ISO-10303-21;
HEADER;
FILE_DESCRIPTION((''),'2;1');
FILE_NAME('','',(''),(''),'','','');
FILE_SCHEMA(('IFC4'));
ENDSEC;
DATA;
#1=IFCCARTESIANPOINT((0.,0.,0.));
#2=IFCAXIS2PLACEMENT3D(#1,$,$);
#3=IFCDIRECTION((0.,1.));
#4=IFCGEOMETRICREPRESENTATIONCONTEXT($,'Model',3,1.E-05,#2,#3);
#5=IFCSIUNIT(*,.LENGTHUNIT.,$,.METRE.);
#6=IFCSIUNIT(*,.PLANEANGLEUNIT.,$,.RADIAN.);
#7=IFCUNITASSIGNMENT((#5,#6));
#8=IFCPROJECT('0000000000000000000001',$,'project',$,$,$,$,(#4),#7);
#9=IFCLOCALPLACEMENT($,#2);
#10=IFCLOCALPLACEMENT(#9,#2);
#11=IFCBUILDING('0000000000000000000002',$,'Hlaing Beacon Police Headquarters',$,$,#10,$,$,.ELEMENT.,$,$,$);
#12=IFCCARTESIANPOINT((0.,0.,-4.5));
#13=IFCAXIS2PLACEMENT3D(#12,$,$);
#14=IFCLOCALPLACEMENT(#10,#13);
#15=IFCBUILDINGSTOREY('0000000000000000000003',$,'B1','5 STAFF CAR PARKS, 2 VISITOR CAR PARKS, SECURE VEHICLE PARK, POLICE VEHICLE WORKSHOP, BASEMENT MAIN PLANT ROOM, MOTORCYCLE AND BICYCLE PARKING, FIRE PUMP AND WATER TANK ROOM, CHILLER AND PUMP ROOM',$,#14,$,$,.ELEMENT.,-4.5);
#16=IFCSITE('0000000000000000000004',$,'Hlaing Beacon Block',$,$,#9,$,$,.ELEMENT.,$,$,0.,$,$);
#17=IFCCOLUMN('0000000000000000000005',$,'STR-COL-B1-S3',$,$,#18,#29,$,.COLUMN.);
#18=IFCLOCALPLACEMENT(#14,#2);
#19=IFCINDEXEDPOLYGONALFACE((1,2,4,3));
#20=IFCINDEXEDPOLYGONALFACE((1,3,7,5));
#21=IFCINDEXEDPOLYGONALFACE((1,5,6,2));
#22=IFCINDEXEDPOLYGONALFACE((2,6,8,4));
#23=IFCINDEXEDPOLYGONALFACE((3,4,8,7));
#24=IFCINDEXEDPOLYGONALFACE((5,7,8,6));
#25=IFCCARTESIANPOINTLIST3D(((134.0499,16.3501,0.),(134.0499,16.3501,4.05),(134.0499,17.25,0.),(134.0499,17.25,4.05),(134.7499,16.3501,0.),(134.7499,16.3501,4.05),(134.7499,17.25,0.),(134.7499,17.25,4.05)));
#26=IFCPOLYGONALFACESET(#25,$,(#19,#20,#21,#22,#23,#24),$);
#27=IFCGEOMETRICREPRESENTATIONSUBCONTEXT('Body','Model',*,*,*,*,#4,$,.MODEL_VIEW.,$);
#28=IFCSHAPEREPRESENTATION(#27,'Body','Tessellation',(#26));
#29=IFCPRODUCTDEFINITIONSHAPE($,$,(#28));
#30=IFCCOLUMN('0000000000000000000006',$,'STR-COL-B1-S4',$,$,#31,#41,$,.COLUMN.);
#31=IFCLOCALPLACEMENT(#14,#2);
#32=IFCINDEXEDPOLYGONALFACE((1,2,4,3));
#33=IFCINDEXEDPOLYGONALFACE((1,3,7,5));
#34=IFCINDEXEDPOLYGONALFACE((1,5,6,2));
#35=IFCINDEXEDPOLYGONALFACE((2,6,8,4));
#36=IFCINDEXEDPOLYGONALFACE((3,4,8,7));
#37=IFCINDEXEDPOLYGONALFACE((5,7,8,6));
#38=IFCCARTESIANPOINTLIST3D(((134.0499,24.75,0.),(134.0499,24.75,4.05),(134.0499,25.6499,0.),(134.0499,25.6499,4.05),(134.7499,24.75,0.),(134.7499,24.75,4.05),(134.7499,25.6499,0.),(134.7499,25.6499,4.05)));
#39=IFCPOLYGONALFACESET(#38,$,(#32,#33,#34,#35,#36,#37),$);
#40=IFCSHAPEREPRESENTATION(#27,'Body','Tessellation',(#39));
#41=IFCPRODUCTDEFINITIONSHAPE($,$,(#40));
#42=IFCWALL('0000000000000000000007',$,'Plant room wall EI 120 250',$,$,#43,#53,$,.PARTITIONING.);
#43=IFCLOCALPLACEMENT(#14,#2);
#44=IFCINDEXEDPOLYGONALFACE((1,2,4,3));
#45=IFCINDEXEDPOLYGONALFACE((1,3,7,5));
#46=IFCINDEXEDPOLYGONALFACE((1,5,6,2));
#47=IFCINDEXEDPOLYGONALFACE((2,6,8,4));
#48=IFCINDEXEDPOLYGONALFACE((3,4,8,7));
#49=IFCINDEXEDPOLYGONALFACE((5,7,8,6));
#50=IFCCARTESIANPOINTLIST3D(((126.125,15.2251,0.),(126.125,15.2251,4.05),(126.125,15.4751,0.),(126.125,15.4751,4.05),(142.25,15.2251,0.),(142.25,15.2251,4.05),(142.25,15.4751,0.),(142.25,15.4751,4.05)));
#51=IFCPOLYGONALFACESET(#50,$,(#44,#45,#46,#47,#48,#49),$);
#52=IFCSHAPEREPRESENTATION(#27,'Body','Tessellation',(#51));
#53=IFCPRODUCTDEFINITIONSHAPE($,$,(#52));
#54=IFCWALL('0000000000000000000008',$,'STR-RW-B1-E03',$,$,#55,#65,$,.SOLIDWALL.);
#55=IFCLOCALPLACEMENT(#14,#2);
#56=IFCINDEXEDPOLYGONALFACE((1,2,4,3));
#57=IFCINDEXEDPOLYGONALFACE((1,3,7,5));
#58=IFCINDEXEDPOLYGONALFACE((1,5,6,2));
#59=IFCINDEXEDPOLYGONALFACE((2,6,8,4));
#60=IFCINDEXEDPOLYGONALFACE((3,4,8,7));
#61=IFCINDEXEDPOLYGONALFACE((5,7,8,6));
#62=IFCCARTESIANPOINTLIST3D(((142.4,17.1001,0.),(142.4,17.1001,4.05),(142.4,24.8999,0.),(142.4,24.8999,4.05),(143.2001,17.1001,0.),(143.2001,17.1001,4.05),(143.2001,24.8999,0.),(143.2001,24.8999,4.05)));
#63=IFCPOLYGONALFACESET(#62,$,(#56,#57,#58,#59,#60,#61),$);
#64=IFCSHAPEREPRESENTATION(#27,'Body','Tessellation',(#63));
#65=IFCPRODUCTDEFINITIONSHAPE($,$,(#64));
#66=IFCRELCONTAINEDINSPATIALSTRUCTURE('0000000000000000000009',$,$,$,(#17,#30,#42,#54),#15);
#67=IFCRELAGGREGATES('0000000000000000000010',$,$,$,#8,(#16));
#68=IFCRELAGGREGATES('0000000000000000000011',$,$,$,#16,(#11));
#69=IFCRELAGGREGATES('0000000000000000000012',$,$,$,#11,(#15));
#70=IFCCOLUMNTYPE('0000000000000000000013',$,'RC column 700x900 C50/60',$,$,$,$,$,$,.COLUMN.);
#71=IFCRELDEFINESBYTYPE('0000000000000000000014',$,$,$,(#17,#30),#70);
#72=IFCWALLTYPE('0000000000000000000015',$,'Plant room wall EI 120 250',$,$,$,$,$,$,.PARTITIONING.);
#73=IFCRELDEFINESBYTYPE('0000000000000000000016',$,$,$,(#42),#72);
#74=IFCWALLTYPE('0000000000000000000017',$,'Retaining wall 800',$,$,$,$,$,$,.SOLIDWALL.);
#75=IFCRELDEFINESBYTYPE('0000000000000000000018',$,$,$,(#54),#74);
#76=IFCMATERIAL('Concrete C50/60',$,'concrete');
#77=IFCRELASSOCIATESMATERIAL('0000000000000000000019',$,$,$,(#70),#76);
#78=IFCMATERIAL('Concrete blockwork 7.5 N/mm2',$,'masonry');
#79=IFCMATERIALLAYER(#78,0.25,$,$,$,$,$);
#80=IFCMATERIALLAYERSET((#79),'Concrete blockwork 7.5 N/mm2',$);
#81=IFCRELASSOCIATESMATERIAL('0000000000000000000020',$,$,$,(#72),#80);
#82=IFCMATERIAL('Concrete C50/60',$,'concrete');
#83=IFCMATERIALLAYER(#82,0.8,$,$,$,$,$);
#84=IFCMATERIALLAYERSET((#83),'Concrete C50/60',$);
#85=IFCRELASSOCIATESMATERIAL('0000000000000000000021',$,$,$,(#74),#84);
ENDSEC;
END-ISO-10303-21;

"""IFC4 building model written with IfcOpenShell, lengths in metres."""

from ifc_helpers import new_model, si_unit, direction, frame, frame_2d, origin, origin_2d, place, context, subcontext, project, spatial, rectangle, extrude, material, layer, layer_set, material_profile, profile_set, type_object, element, save


model = new_model("IFC4")

# Units and contexts
model_context = context("Model", 3, precision=1e-05, world=origin(), true_north=direction((0.0, 1.0)))
body_context = subcontext(model_context, "Body", "Model", "MODEL_VIEW")
ifc_project = project(units=[si_unit("LENGTHUNIT", "METRE"), si_unit("PLANEANGLEUNIT", "RADIAN")], contexts=[model_context])

# Site, building, storey
site_placement = place(None, origin())
site = spatial("IfcSite", under=ifc_project, at=site_placement, Name="Hlaing Beacon Block", CompositionType="ELEMENT", RefElevation=0.0)
building_placement = place(site_placement, origin())
building = spatial("IfcBuilding", under=site, at=building_placement, Name="Hlaing Beacon Police Headquarters", CompositionType="ELEMENT")
storey_placement = place(building_placement, frame((0.0, 0.0, -4.5)))
storey = spatial("IfcBuildingStorey", under=building, at=storey_placement, Name="B1", Description="5 STAFF CAR PARKS, 2 VISITOR CAR PARKS, SECURE VEHICLE PARK, POLICE VEHICLE WORKSHOP, BASEMENT MAIN PLANT ROOM, MOTORCYCLE AND BICYCLE PARKING, FIRE PUMP AND WATER TANK ROOM, CHILLER AND PUMP ROOM", CompositionType="ELEMENT", Elevation=-4.5)

# Columns
ifc_material_1 = material(Name="Concrete C50/60", Category="concrete")
ifc_material_profile_1 = material_profile(ifc_material_1, rectangle(XDim=0.7, YDim=0.8999, at=origin_2d()), Name="700x900")
ifc_profile_set_1 = profile_set([ifc_material_profile_1], Name="Concrete C50/60")
column_type_1 = type_object("IfcColumnType", Name="RC column 700x900 C50/60", PredefinedType="COLUMN", material=ifc_profile_set_1)
for number, where, z_axis, x_axis, name in (
    (1, (134.3999, 16.8, 0.0), (0.0, 0.0, 1.0), (1.0, 0.0, 0.0), "STR-COL-B1-S3"),
    (2, (134.3999, 25.2, 0.0), (0.0, 0.0, 1.0), (1.0, 0.0, 0.0), "STR-COL-B1-S4"),
):
    element("IfcColumn", number, at=place(storey_placement, frame(where, z_axis=z_axis, x_axis=x_axis)), inside=storey, type_object=column_type_1, Name=name, PredefinedType="COLUMN", context=body_context, shape_type="SweptSolid", body=[
        extrude(rectangle(XDim=0.7, YDim=0.8999, at=origin_2d()), origin(), (0.0, 0.0, 1.0), 4.05),
    ])

# Walls
ifc_material_2 = material(Name="Concrete blockwork 7.5 N/mm2", Category="masonry")
ifc_layer_1 = layer(ifc_material_2, 0.25)
ifc_layer_set_1 = layer_set([ifc_layer_1], Name="Concrete blockwork 7.5 N/mm2")
wall_type_1 = type_object("IfcWallType", Name="Plant room wall EI 120 250", PredefinedType="PARTITIONING", material=ifc_layer_set_1)
wall_1_placement = place(storey_placement, frame((126.125, 15.3501, 0.0), z_axis=(0.0, 0.0, 1.0), x_axis=(1.0, 0.0, 0.0)))
element("IfcWall", 3, at=wall_1_placement, inside=storey, type_object=wall_type_1, Name="Plant room wall EI 120 250", PredefinedType="PARTITIONING", context=body_context, shape_type="SweptSolid", body=[
    extrude(rectangle(XDim=16.125, YDim=0.25, at=frame_2d((8.0625, 0.0))), origin(), (0.0, 0.0, 1.0), 4.05),
])
ifc_material_3 = material(Name="Concrete C50/60", Category="concrete")
ifc_layer_2 = layer(ifc_material_3, 0.8)
ifc_layer_set_2 = layer_set([ifc_layer_2], Name="Concrete C50/60")
wall_type_2 = type_object("IfcWallType", Name="Retaining wall 800", PredefinedType="SOLIDWALL", material=ifc_layer_set_2)
wall_2_placement = place(storey_placement, frame((142.8, 17.1001, 0.0), z_axis=(0.0, 0.0, 1.0), x_axis=(0.0, 1.0, 0.0)))
element("IfcWall", 4, at=wall_2_placement, inside=storey, type_object=wall_type_2, Name="STR-RW-B1-E03", PredefinedType="SOLIDWALL", context=body_context, shape_type="SweptSolid", body=[
    extrude(rectangle(XDim=7.7998, YDim=0.8, at=frame_2d((3.8999, 0.0))), origin(), (0.0, 0.0, 1.0), 4.05),
])

save(model, "model.ifc")
